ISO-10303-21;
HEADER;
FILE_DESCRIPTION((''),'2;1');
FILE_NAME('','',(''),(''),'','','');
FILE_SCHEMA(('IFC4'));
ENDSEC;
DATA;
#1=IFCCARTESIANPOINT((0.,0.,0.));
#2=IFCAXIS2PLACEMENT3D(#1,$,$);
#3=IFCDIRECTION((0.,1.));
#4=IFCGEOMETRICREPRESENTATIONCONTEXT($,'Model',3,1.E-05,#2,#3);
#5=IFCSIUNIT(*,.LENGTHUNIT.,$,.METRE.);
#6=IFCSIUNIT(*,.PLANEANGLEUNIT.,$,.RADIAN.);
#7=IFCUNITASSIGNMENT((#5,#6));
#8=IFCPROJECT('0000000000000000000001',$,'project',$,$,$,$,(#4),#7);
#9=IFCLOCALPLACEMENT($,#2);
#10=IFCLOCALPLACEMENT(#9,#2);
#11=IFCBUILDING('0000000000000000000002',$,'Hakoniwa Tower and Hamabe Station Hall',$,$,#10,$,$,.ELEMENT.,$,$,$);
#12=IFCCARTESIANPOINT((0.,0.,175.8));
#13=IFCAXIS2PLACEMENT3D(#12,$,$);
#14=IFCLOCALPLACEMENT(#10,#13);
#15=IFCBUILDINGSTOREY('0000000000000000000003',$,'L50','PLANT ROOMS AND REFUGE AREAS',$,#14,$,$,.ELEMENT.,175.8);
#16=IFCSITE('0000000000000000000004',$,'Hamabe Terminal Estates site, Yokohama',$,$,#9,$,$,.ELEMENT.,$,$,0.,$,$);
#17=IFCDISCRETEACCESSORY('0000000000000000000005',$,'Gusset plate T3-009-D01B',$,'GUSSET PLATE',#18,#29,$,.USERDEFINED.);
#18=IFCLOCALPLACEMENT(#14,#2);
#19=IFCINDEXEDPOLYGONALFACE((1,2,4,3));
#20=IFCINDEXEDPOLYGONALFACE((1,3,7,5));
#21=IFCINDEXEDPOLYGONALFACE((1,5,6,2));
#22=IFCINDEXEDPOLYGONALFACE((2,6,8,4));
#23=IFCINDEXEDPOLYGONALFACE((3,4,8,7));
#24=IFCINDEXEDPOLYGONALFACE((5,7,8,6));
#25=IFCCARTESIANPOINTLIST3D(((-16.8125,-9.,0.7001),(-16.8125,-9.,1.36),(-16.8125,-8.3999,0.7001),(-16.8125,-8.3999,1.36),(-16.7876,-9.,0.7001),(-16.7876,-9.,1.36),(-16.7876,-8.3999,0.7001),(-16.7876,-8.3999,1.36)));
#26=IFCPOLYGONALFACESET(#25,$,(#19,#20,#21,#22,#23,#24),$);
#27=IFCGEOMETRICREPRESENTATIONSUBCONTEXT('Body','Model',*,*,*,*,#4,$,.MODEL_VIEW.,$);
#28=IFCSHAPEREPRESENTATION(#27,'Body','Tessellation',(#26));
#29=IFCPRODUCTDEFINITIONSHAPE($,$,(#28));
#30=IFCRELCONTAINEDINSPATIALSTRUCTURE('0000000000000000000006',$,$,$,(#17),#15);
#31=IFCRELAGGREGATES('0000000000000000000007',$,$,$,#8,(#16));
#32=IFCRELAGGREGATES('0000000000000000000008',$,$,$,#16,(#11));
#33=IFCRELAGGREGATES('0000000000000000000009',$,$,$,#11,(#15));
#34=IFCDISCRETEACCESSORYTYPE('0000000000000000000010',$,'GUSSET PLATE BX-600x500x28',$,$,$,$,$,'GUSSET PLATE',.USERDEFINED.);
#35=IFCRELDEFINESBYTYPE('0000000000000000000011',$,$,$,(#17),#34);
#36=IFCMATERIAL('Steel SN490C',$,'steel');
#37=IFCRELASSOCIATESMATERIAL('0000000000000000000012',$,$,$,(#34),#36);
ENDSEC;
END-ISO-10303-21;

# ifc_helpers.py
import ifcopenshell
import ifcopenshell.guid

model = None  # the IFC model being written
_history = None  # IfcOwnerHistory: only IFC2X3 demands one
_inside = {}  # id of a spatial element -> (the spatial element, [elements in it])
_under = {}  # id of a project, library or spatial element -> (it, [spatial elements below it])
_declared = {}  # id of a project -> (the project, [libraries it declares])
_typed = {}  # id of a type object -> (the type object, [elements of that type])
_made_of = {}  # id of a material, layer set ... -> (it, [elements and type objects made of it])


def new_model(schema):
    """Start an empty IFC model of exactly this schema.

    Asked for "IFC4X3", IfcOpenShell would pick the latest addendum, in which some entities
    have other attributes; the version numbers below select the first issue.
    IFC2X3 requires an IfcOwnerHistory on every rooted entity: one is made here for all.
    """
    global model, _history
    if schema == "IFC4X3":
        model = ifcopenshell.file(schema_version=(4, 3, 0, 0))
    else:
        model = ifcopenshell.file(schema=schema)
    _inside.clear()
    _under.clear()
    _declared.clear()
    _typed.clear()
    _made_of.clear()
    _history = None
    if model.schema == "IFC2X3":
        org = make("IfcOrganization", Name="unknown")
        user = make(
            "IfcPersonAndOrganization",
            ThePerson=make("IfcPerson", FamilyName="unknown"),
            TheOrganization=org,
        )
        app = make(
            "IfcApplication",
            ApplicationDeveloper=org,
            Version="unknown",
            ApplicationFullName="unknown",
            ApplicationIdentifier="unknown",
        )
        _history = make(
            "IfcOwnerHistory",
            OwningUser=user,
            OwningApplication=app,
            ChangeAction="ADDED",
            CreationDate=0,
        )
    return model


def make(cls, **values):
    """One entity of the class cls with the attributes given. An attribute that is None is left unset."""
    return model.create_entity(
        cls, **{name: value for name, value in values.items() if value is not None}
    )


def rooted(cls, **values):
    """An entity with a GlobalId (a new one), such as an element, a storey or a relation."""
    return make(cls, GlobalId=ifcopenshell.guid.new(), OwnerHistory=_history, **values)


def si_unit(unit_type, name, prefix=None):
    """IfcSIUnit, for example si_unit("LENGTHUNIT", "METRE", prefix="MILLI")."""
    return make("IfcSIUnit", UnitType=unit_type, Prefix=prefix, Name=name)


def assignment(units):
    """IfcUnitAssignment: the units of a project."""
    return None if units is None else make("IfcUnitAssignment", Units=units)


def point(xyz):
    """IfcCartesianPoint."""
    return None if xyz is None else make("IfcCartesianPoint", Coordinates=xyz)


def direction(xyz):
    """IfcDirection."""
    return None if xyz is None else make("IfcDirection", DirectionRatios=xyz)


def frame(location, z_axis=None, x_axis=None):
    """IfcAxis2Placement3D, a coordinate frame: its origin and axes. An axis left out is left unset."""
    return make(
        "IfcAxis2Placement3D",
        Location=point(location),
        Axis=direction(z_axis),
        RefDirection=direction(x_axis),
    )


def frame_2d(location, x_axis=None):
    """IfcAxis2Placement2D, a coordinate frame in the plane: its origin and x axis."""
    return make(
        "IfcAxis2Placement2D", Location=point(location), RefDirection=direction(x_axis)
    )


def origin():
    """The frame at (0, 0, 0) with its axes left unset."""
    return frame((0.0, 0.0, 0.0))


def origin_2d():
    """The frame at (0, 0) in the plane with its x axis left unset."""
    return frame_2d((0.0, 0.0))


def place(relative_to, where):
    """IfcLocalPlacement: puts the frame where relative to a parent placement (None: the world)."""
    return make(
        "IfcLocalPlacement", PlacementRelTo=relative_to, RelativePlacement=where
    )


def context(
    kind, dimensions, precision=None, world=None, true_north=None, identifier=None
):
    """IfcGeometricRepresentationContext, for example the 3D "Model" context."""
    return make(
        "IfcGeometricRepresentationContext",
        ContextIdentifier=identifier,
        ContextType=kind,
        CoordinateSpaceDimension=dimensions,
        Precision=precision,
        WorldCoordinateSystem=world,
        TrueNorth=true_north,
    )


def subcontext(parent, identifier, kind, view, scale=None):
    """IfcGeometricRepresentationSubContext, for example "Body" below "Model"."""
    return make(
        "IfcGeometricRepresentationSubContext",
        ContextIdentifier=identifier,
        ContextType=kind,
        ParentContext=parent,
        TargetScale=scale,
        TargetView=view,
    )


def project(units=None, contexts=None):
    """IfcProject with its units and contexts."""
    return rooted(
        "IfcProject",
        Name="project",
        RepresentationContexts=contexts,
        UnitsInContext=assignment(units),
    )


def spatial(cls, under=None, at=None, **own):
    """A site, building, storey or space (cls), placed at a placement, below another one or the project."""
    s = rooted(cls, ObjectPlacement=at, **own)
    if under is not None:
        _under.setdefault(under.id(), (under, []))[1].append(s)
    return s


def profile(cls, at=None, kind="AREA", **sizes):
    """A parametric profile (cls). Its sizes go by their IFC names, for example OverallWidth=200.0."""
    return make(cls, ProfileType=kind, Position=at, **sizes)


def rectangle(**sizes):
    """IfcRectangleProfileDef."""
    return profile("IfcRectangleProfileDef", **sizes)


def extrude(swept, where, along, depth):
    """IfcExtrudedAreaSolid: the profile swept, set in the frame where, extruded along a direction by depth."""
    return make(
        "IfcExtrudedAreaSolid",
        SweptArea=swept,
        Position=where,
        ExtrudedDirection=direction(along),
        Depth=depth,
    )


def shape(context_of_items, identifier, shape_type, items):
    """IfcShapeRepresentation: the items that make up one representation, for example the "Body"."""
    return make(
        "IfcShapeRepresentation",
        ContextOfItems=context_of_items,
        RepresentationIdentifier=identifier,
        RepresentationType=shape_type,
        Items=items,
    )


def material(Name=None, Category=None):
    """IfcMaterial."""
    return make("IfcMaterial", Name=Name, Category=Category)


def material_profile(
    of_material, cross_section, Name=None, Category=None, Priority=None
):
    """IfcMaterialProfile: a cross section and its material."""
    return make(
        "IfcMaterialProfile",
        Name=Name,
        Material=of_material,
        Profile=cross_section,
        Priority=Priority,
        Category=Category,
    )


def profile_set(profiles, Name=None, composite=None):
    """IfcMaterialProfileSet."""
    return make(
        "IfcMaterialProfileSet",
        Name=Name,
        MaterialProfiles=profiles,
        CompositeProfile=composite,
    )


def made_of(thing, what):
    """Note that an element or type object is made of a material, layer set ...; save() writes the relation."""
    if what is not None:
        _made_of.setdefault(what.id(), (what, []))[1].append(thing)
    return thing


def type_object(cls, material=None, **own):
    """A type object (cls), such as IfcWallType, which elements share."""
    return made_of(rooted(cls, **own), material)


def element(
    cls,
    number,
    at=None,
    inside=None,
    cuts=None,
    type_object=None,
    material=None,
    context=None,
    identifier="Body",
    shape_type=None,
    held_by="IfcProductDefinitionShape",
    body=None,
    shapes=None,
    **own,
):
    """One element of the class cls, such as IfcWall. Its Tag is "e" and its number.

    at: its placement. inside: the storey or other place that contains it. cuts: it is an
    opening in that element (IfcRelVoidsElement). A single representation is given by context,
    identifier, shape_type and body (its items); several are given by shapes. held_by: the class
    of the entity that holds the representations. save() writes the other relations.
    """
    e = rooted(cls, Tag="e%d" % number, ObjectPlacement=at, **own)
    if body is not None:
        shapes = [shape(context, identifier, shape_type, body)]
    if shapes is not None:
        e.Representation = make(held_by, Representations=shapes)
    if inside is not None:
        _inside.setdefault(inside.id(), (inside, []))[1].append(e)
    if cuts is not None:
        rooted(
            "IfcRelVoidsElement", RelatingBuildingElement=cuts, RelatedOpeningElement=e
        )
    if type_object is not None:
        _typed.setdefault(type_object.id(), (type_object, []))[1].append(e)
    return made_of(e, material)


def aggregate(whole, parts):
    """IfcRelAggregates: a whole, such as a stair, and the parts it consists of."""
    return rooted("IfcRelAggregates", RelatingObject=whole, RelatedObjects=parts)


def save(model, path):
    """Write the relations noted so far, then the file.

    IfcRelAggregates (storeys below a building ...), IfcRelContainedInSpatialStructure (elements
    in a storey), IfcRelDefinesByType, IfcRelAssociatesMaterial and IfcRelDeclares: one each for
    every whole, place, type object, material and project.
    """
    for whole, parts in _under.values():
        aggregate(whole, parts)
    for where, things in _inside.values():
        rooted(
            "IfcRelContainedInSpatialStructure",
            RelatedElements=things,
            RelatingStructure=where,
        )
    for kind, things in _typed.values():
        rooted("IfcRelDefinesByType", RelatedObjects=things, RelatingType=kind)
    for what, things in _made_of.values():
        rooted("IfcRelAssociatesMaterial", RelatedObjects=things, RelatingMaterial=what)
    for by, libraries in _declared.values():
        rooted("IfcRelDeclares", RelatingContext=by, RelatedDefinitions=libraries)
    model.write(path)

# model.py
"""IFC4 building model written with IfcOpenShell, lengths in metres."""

from ifc_helpers import new_model, si_unit, direction, frame, origin, origin_2d, place, context, subcontext, project, spatial, rectangle, extrude, material, material_profile, profile_set, type_object, element, save


model = new_model("IFC4")

# Units and contexts
model_context = context("Model", 3, precision=1e-05, world=origin(), true_north=direction((0.0, 1.0)))
body_context = subcontext(model_context, "Body", "Model", "MODEL_VIEW")
ifc_project = project(units=[si_unit("LENGTHUNIT", "METRE"), si_unit("PLANEANGLEUNIT", "RADIAN")], contexts=[model_context])

# Site, building, storey
site_placement = place(None, origin())
site = spatial("IfcSite", under=ifc_project, at=site_placement, Name="Hamabe Terminal Estates site, Yokohama", CompositionType="ELEMENT", RefElevation=0.0)
building_placement = place(site_placement, origin())
building = spatial("IfcBuilding", under=site, at=building_placement, Name="Hakoniwa Tower and Hamabe Station Hall", CompositionType="ELEMENT")
storey_placement = place(building_placement, frame((0.0, 0.0, 175.8)))
storey = spatial("IfcBuildingStorey", under=building, at=storey_placement, Name="L50", Description="PLANT ROOMS AND REFUGE AREAS", CompositionType="ELEMENT", Elevation=175.8)

# Discrete accessory
ifc_material_1 = material(Name="Steel SN490C", Category="steel")
ifc_material_profile_1 = material_profile(ifc_material_1, rectangle(XDim=0.6001, YDim=0.6599, at=origin_2d()), Name="GUSSET PLATE BX-600x500x28")
ifc_profile_set_1 = profile_set([ifc_material_profile_1], Name="Steel SN490C")
discrete_accessory_type_1 = type_object("IfcDiscreteAccessoryType", Name="GUSSET PLATE BX-600x500x28", ElementType="GUSSET PLATE", PredefinedType="USERDEFINED", material=ifc_profile_set_1)
for number, where, z_axis, x_axis, name in (
    (1, (-16.7876, -8.7, 1.03), (-1.0, 0.0, 0.0), (0.0, -1.0, 0.0), "Gusset plate T3-009-D01B"),
):
    element("IfcDiscreteAccessory", number, at=place(storey_placement, frame(where, z_axis=z_axis, x_axis=x_axis)), inside=storey, type_object=discrete_accessory_type_1, Name=name, ObjectType="GUSSET PLATE", PredefinedType="USERDEFINED", context=body_context, shape_type="SweptSolid", body=[
        extrude(rectangle(XDim=0.6001, YDim=0.6599, at=origin_2d()), origin(), (0.0, 0.0, 1.0), 0.0249),
    ])

save(model, "model.ifc")
